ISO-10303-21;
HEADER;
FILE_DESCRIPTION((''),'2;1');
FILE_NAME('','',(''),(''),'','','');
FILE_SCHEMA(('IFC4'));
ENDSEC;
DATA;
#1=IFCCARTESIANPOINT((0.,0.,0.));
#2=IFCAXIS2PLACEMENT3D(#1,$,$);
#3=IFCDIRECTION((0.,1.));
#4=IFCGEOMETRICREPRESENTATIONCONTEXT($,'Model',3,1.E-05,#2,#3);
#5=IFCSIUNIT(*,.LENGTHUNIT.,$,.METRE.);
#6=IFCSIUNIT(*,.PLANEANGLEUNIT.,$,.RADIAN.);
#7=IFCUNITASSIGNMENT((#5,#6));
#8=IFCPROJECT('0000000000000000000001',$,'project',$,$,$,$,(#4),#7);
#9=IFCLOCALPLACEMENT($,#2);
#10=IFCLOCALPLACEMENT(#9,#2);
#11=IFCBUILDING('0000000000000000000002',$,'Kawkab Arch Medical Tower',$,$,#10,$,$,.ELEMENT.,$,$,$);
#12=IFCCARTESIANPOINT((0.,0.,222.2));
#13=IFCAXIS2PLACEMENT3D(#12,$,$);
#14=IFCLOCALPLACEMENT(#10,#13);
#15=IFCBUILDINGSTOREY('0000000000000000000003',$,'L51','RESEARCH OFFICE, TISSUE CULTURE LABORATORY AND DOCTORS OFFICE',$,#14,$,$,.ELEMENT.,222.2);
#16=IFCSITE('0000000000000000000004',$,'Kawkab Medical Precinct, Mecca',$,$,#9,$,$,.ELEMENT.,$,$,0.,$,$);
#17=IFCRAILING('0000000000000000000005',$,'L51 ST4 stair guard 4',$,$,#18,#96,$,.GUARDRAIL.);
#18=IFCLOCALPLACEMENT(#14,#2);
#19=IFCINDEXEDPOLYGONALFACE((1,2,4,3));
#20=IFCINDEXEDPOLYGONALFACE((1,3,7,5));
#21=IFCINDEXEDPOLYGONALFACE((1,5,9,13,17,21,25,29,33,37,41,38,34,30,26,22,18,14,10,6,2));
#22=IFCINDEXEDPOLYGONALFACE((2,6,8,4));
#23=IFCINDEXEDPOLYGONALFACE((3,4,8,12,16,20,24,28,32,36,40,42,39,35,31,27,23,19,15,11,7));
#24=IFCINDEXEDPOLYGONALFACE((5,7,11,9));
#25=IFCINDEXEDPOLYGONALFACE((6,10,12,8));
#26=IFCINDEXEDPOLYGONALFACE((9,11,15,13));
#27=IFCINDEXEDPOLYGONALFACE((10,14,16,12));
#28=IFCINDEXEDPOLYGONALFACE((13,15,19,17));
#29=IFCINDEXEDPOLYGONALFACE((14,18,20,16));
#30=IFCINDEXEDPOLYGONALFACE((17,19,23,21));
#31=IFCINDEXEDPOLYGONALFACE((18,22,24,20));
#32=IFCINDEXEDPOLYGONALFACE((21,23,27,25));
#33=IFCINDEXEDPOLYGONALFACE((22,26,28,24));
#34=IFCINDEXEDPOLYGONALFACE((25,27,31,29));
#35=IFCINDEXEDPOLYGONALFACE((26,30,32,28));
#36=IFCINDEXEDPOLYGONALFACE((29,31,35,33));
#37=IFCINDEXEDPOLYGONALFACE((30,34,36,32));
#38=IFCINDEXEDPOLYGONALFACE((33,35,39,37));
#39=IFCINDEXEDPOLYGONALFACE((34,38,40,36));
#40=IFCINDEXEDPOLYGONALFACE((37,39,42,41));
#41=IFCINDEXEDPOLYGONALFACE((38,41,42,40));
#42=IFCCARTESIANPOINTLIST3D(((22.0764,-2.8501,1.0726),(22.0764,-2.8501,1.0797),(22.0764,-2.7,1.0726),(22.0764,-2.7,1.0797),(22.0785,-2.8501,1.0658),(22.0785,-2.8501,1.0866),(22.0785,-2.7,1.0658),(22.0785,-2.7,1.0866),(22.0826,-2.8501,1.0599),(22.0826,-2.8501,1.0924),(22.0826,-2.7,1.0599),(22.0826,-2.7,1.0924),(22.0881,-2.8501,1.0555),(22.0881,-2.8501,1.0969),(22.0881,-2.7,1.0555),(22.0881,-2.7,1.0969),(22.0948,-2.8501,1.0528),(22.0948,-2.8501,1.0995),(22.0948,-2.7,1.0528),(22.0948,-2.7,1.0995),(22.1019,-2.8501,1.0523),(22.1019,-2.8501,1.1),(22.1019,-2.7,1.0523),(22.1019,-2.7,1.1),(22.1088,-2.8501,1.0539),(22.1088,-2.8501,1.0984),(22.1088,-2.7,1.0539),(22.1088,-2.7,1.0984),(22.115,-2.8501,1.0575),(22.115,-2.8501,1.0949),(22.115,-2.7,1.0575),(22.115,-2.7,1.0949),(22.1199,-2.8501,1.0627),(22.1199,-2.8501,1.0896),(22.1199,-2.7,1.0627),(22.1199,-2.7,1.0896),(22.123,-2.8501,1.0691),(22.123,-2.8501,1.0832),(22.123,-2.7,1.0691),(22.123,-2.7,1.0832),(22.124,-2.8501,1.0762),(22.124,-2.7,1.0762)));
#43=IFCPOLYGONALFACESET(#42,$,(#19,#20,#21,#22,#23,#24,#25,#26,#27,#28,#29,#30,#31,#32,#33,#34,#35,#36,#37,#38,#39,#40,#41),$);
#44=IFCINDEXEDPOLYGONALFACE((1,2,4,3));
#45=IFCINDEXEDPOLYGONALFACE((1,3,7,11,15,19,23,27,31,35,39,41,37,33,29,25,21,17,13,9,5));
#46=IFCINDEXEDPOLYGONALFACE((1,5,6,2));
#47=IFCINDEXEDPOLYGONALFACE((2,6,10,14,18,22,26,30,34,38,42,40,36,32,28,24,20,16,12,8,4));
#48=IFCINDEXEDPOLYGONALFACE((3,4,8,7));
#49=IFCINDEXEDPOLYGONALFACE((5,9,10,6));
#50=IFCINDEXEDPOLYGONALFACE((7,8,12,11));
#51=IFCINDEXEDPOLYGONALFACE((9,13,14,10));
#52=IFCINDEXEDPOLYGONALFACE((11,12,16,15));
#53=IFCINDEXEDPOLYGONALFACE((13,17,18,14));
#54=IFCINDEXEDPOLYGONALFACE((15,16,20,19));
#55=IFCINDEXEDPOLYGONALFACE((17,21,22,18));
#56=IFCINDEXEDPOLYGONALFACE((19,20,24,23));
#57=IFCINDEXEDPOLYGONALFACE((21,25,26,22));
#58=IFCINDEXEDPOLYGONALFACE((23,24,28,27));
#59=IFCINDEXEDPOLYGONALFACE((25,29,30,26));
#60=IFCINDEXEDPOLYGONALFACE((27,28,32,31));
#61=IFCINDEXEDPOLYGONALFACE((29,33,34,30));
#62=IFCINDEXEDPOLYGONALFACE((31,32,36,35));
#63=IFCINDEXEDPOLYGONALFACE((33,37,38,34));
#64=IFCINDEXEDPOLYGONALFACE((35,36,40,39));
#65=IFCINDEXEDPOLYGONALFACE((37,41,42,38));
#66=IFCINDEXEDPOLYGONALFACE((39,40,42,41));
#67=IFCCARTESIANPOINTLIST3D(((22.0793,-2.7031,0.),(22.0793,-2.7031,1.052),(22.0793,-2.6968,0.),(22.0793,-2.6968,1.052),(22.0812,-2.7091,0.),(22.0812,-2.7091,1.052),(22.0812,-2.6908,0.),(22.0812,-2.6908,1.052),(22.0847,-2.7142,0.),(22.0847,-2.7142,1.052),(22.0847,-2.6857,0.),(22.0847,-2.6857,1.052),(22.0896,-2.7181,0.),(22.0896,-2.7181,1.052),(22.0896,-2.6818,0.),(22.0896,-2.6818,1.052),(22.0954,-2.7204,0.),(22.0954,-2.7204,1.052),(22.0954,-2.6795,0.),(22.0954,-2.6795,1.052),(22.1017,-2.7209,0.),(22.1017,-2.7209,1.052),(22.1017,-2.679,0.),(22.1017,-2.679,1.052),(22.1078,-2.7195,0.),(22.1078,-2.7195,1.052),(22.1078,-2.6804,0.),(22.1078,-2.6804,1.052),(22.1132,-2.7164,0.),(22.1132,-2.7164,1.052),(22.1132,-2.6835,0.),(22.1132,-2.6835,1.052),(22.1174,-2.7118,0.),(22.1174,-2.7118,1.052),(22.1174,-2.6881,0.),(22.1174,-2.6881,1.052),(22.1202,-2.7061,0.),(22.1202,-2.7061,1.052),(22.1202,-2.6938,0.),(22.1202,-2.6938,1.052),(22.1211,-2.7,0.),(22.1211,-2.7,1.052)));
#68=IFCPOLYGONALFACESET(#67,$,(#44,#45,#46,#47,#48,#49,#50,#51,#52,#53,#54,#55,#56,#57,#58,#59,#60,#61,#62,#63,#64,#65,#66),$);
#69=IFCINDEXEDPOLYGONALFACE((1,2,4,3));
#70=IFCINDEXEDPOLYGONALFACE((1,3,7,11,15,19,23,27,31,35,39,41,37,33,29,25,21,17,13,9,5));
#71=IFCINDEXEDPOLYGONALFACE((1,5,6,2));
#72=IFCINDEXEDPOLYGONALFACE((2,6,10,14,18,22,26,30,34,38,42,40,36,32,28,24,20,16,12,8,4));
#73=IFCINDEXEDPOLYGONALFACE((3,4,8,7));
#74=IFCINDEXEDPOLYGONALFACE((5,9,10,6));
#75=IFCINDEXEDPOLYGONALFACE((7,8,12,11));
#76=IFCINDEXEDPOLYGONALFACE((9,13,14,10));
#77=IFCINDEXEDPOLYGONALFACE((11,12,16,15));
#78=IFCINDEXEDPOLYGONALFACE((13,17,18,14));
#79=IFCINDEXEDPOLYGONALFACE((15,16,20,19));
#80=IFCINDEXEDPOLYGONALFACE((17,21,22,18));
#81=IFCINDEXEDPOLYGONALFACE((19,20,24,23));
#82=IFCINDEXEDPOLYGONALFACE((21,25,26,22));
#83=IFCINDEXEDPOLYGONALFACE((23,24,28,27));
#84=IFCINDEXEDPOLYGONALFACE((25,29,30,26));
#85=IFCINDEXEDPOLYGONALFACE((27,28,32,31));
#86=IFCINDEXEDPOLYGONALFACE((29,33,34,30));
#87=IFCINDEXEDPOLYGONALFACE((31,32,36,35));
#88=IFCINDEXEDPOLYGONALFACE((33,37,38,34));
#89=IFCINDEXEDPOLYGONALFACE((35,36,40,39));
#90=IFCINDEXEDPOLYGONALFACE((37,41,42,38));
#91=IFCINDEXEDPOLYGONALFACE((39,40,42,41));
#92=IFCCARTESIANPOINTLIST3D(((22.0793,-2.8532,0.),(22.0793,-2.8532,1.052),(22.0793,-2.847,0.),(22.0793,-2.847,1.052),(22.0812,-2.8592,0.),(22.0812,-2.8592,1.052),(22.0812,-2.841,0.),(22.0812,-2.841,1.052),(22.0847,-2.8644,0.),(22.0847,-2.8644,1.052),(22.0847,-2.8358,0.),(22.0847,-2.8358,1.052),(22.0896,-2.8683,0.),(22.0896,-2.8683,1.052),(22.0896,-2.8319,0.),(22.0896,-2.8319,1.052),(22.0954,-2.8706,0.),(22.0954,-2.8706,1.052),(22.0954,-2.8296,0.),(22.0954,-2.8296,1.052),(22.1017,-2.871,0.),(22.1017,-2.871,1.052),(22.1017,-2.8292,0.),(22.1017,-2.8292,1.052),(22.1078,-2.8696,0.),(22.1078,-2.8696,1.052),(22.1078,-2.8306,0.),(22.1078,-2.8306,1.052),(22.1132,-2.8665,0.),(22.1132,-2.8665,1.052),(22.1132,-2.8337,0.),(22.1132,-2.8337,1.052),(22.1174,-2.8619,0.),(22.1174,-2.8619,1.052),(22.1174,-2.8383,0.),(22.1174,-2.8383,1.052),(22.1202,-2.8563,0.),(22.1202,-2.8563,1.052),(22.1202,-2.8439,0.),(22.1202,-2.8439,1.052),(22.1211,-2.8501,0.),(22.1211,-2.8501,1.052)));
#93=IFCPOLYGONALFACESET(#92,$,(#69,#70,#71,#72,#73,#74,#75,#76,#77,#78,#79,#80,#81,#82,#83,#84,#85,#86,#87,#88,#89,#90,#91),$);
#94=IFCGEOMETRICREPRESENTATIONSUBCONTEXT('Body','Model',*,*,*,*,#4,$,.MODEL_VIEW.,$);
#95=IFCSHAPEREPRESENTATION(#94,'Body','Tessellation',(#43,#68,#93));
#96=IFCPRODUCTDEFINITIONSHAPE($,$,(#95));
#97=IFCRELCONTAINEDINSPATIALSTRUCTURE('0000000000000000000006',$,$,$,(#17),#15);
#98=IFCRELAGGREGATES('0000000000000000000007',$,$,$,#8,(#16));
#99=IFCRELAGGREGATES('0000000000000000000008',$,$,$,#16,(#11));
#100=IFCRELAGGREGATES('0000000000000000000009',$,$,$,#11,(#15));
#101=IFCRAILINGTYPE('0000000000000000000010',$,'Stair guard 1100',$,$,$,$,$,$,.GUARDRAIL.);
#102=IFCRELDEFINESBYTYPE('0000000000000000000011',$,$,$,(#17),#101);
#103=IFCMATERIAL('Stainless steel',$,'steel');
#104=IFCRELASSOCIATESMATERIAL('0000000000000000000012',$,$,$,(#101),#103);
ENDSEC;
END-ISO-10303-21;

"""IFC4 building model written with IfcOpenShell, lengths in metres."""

from ifc_helpers import new_model, si_unit, direction, frame, origin, origin_2d, place, context, subcontext, project, spatial, circle, extrude, material, type_object, element, save


model = new_model("IFC4")

# Units and contexts
model_context = context("Model", 3, precision=1e-05, world=origin(), true_north=direction((0.0, 1.0)))
body_context = subcontext(model_context, "Body", "Model", "MODEL_VIEW")
ifc_project = project(units=[si_unit("LENGTHUNIT", "METRE"), si_unit("PLANEANGLEUNIT", "RADIAN")], contexts=[model_context])

# Site, building, storey
site_placement = place(None, origin())
site = spatial("IfcSite", under=ifc_project, at=site_placement, Name="Kawkab Medical Precinct, Mecca", CompositionType="ELEMENT", RefElevation=0.0)
building_placement = place(site_placement, origin())
building = spatial("IfcBuilding", under=site, at=building_placement, Name="Kawkab Arch Medical Tower", CompositionType="ELEMENT")
storey_placement = place(building_placement, frame((0.0, 0.0, 222.2)))
storey = spatial("IfcBuildingStorey", under=building, at=storey_placement, Name="L51", Description="RESEARCH OFFICE, TISSUE CULTURE LABORATORY AND DOCTORS OFFICE", CompositionType="ELEMENT", Elevation=222.2)

# Railing
ifc_material_1 = material(Name="Stainless steel", Category="steel")
railing_type_1 = type_object("IfcRailingType", Name="Stair guard 1100", PredefinedType="GUARDRAIL", material=ifc_material_1)
railing_1_placement = place(storey_placement, frame((22.1001, -2.7, 0.0)))
element("IfcRailing", 1, at=railing_1_placement, inside=storey, type_object=railing_type_1, Name="L51 ST4 stair guard 4", PredefinedType="GUARDRAIL", context=body_context, shape_type="SweptSolid", body=[
    extrude(circle(Radius=0.0239, at=origin_2d()), frame((0.0, 0.0, 1.0762), z_axis=(0.0, -1.0, 0.0), x_axis=(1.0, 0.0, 0.0)), (0.0, 0.0, 1.0), 0.1501),
    extrude(circle(Radius=0.021, at=origin_2d()), origin(), (0.0, 0.0, 1.0), 1.052),
    extrude(circle(Radius=0.021, at=origin_2d()), frame((0.0, -0.1501, 0.0)), (0.0, 0.0, 1.0), 1.052),
])

save(model, "model.ifc")
